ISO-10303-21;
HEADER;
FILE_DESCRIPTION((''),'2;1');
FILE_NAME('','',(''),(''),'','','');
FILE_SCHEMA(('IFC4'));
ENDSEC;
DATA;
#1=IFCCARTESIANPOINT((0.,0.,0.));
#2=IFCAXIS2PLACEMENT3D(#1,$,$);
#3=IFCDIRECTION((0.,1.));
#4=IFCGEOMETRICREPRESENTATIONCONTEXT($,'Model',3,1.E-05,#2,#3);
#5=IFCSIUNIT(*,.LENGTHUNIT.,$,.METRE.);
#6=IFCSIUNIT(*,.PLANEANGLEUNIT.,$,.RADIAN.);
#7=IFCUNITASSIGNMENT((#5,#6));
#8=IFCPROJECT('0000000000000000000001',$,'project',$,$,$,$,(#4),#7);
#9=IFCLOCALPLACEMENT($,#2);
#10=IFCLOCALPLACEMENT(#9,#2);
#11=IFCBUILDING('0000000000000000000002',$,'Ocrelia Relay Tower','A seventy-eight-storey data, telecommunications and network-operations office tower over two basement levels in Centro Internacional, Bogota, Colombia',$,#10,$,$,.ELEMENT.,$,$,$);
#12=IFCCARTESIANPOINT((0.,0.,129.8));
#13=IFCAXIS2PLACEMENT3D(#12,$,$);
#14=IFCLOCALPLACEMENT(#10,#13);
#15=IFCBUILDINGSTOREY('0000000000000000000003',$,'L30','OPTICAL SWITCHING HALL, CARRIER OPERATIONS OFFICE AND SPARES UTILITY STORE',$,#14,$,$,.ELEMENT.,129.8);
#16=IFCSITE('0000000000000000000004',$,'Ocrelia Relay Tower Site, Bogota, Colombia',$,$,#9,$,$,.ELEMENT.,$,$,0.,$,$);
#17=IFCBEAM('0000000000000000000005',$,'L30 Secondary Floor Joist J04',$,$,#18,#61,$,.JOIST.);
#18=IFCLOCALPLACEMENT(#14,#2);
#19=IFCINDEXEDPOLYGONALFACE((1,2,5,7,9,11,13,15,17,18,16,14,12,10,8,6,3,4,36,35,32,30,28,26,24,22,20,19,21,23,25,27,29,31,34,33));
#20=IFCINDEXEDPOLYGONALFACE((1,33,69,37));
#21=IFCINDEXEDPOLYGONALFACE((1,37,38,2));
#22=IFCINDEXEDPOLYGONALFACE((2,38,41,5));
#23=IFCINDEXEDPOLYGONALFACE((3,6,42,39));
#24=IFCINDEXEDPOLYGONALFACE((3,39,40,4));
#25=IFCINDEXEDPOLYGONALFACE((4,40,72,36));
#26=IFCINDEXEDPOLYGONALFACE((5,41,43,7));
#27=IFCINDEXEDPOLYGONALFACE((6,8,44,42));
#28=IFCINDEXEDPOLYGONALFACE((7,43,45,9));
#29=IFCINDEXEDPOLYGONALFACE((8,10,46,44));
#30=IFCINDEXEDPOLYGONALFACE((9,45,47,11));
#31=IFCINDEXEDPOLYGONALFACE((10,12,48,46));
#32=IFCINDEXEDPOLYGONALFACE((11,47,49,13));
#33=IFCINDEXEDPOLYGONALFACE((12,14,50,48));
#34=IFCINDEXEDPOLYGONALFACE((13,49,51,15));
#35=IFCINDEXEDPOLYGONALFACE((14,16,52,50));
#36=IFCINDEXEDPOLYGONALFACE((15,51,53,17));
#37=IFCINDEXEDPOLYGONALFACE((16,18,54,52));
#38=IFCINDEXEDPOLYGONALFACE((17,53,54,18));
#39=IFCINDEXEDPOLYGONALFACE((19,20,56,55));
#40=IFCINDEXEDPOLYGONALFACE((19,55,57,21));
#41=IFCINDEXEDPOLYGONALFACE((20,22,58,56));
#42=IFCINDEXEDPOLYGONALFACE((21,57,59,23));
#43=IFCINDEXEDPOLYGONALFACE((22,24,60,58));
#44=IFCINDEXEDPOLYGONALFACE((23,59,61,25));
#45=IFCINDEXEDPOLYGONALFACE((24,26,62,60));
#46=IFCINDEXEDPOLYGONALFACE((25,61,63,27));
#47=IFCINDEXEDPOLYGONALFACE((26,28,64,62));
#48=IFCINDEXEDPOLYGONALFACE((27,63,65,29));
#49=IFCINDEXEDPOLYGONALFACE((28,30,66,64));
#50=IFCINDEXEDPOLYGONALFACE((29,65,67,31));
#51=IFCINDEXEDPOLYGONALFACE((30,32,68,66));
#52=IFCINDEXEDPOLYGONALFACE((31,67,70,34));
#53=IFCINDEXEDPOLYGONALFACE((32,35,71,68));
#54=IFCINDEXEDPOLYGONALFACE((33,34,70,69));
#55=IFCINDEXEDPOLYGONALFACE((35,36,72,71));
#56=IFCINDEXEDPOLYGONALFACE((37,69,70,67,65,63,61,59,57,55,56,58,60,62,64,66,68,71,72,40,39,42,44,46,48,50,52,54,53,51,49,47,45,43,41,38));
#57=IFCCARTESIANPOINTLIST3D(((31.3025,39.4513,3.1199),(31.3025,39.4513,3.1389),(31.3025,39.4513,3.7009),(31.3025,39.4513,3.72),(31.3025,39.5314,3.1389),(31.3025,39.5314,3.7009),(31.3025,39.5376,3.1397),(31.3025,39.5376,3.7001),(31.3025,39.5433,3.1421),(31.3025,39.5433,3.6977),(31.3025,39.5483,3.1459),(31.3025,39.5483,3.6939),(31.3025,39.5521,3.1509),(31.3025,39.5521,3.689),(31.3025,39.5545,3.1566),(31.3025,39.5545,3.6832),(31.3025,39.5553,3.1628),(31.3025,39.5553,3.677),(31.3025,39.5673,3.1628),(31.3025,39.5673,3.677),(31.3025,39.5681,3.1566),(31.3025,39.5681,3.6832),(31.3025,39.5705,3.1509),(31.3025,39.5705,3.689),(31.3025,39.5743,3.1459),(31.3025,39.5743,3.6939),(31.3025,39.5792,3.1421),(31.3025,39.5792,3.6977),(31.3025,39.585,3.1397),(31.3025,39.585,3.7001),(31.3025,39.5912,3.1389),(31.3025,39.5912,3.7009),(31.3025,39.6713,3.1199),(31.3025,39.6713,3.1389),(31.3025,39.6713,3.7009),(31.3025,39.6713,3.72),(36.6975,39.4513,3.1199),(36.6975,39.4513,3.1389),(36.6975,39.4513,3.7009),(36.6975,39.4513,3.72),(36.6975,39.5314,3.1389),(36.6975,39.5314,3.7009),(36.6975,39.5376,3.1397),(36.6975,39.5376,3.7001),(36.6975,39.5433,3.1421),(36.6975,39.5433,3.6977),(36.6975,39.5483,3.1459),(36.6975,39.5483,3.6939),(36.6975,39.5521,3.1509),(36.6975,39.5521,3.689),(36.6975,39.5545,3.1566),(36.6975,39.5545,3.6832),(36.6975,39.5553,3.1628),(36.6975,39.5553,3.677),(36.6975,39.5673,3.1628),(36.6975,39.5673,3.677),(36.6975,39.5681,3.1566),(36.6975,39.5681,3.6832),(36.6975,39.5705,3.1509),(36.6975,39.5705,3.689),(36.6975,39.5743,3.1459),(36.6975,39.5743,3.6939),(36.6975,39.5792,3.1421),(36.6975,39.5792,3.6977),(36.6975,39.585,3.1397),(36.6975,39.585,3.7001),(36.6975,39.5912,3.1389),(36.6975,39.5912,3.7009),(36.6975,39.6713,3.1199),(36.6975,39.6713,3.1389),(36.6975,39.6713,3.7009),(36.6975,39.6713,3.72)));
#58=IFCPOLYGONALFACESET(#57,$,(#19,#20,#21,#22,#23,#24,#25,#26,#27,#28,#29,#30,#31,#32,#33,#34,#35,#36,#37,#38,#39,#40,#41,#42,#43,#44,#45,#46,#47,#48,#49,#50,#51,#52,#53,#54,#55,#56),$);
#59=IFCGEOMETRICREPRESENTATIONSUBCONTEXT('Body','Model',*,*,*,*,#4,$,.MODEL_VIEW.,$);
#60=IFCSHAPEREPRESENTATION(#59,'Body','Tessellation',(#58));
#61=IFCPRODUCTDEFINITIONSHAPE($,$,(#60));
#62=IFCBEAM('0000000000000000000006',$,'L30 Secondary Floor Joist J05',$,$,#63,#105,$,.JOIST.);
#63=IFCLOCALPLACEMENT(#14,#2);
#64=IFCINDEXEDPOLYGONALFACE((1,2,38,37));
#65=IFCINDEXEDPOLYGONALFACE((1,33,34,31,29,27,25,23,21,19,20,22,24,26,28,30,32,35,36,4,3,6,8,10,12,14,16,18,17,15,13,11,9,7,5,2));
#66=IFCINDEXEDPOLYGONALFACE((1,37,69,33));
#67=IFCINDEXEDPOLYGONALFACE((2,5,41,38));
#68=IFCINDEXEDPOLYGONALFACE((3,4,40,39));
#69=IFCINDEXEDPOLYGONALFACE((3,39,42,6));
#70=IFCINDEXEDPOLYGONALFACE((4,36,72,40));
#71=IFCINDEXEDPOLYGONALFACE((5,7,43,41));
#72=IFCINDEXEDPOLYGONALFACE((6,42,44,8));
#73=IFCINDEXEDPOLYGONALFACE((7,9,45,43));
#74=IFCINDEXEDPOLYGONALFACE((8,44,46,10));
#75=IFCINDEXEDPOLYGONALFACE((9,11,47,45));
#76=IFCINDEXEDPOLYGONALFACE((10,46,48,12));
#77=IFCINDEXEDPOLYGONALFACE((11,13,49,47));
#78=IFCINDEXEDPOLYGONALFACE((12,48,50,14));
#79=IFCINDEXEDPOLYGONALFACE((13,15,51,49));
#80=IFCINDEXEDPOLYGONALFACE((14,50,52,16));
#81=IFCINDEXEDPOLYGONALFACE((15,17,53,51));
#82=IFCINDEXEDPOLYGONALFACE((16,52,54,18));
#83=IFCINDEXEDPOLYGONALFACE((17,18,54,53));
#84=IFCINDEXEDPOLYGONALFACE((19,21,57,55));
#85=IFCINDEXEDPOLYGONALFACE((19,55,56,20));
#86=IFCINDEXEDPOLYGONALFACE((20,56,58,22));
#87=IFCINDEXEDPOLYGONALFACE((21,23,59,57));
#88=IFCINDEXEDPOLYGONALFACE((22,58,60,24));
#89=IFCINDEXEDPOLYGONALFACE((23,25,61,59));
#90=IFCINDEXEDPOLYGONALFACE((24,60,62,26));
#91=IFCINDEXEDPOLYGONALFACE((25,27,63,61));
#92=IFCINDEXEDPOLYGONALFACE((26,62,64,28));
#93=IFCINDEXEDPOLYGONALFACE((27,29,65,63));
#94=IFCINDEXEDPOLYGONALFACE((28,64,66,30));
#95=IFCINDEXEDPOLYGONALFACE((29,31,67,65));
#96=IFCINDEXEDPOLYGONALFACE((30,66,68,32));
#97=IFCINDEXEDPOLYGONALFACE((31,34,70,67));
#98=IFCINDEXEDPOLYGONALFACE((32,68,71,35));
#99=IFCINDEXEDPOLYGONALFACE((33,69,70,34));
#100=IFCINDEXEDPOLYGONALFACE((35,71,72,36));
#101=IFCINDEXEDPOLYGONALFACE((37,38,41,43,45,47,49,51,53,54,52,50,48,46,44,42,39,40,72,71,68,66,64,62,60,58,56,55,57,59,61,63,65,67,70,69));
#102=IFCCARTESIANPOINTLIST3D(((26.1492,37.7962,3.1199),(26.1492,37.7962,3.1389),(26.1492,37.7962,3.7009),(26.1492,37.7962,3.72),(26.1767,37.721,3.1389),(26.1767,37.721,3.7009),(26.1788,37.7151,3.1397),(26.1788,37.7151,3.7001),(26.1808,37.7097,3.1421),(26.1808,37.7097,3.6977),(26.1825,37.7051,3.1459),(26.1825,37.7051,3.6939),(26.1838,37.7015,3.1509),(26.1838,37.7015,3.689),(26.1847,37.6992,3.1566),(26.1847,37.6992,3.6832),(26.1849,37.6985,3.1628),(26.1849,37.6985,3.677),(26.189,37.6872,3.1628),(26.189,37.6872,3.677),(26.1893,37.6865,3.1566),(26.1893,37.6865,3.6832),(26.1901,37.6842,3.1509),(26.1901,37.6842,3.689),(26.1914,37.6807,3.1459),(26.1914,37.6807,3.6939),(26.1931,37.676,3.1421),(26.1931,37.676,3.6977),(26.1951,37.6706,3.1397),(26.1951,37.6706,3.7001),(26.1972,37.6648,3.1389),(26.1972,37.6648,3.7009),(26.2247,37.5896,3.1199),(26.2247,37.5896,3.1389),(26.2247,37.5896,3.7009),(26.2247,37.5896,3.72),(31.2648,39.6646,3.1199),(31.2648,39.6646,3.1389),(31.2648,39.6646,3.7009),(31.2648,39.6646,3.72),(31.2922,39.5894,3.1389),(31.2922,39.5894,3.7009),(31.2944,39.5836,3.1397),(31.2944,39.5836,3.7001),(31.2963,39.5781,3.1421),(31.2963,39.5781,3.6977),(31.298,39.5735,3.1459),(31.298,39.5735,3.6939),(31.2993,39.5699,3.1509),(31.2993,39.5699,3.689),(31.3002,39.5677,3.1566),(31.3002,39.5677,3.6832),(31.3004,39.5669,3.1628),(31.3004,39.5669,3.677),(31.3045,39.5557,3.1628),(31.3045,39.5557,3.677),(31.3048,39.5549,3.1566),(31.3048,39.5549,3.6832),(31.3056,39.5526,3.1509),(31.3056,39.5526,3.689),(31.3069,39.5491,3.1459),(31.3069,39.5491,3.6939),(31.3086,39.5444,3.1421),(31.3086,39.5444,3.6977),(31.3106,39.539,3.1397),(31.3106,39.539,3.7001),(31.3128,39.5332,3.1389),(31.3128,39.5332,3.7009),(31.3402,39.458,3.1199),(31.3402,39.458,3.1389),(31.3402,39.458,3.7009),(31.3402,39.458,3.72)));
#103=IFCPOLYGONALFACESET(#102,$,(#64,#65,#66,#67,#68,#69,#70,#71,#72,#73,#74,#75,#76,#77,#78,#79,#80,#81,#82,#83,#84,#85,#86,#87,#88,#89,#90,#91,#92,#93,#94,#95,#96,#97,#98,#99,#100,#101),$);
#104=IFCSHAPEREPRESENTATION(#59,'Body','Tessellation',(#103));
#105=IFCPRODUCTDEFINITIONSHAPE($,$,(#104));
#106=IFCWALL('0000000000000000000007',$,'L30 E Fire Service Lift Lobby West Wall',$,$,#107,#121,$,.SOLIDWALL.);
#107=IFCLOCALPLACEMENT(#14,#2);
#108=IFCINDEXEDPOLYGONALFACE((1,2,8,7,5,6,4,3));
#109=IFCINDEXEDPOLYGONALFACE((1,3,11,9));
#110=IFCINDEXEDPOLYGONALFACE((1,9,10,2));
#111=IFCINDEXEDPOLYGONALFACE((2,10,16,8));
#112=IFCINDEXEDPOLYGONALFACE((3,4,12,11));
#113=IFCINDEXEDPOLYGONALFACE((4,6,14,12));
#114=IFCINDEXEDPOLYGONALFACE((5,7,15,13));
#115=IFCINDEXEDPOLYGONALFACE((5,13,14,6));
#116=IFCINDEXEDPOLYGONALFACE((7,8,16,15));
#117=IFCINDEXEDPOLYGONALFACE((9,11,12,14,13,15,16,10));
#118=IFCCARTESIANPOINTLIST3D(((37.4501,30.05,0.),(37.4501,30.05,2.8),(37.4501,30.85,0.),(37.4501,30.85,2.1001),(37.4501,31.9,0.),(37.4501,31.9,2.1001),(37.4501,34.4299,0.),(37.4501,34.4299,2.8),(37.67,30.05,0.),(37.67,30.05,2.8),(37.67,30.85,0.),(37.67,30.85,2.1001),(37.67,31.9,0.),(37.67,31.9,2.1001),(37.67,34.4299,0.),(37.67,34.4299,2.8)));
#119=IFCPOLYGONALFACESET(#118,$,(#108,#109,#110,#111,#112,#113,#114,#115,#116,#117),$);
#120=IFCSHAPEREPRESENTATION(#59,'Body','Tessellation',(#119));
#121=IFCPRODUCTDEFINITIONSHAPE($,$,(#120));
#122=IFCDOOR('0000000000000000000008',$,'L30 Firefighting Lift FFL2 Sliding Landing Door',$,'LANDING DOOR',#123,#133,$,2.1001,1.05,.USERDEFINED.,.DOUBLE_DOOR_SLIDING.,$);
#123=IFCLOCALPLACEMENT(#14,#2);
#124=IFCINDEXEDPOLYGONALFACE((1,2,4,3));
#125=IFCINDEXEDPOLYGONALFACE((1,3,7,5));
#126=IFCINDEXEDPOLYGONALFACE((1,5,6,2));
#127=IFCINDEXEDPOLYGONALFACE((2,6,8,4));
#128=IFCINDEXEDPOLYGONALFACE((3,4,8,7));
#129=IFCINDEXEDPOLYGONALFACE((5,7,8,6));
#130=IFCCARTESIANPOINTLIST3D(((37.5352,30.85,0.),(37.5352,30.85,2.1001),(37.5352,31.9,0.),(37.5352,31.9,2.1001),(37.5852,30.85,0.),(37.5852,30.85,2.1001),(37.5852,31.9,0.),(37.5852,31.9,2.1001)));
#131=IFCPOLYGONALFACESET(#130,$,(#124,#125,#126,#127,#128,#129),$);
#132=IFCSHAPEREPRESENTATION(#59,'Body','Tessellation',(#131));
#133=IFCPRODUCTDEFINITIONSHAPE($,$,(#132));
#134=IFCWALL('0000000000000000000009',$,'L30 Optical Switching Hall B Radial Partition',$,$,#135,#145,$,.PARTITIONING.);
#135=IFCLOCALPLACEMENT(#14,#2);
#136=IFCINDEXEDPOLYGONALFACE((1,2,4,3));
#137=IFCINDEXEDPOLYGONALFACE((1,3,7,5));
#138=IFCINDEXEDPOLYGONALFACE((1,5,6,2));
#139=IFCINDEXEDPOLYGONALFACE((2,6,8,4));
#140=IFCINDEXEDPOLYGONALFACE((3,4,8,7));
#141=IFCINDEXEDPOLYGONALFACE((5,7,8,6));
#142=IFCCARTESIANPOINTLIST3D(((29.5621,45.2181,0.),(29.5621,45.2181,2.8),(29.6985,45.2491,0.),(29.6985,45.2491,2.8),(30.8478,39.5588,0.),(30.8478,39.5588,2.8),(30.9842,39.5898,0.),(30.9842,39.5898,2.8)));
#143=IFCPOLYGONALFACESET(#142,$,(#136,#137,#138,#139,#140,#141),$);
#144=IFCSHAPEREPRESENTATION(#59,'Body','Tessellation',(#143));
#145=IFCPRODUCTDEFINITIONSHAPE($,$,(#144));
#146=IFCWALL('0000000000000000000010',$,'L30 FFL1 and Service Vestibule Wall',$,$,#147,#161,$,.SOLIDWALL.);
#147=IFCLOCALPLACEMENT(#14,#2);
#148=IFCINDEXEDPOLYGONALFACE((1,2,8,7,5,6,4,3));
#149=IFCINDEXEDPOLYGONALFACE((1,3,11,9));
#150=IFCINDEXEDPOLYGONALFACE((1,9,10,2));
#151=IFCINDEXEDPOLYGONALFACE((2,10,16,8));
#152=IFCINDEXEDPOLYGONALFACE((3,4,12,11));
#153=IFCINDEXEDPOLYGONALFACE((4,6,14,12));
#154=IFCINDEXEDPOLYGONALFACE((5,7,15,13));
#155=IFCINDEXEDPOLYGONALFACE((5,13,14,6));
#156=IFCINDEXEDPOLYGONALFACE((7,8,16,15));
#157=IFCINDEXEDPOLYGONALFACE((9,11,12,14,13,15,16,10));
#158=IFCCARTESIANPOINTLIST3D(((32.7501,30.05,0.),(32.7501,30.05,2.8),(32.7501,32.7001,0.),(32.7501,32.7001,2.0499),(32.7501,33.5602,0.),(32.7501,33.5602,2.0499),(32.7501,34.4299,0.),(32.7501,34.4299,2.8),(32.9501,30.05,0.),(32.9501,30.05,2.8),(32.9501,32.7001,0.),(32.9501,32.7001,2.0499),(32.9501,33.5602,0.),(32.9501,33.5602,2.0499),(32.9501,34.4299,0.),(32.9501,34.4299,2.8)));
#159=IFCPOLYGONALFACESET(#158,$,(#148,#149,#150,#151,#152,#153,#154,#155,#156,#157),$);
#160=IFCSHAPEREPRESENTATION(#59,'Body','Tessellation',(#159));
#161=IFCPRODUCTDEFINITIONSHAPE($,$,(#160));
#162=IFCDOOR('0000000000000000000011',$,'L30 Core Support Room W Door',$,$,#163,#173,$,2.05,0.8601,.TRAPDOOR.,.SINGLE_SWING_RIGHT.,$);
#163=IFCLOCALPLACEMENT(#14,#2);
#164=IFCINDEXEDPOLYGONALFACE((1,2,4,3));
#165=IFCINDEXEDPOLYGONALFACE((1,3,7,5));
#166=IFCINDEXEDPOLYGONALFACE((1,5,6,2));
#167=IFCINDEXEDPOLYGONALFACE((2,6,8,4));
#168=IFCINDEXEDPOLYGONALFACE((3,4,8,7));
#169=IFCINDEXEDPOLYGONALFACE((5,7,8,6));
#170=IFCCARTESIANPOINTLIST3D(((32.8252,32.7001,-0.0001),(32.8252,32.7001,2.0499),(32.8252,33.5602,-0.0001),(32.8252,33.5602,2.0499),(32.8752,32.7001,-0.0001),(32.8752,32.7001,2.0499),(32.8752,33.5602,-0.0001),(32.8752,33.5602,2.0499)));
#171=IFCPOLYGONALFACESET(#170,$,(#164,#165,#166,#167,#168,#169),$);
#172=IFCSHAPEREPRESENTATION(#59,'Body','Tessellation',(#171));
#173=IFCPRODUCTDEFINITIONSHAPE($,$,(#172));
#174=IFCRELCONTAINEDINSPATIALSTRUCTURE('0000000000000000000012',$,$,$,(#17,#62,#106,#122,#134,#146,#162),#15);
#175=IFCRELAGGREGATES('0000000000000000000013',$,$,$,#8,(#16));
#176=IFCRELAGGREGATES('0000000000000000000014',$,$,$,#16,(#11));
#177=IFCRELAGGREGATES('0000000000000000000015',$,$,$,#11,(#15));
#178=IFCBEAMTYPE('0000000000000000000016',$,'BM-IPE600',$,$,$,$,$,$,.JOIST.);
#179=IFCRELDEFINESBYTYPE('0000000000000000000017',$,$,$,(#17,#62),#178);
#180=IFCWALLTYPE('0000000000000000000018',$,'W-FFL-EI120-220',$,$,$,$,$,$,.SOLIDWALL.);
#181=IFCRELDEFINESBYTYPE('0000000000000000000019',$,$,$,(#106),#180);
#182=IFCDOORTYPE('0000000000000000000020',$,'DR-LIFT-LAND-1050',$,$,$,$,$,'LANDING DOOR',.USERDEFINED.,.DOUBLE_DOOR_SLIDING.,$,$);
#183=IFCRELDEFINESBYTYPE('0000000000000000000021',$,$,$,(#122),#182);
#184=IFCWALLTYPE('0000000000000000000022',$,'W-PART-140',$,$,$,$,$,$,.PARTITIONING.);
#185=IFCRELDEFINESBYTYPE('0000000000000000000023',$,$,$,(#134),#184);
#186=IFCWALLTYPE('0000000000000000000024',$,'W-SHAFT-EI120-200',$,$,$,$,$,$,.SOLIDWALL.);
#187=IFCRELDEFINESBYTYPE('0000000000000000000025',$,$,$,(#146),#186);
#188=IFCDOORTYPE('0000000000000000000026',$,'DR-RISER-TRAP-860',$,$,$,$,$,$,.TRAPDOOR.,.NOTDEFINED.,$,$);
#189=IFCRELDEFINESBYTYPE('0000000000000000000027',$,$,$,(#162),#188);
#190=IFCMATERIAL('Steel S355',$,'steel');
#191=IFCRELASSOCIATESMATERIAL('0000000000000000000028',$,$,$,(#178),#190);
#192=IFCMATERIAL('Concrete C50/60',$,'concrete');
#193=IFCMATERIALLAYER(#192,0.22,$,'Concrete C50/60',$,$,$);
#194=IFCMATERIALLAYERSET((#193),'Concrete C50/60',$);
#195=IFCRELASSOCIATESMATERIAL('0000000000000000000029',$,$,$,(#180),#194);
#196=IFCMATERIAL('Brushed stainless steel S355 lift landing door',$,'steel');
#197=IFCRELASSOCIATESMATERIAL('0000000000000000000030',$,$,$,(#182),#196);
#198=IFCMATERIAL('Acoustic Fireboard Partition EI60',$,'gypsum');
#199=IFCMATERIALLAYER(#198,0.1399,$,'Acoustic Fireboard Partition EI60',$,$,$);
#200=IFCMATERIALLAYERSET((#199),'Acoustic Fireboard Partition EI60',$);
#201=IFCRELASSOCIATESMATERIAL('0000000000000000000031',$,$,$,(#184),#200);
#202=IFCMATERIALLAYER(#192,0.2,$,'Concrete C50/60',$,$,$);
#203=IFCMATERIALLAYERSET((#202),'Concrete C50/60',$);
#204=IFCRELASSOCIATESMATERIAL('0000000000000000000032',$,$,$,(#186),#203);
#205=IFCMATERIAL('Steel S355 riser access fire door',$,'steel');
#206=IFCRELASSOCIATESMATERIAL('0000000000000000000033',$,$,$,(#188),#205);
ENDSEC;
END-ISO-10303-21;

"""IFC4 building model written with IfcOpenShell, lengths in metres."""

from ifc_helpers import new_model, si_unit, direction, frame, frame_2d, origin, origin_2d, place, context, subcontext, project, spatial, rectangle, i_section, extrude, material, layer, layer_set, material_profile, profile_set, type_object, element, fill, save


model = new_model("IFC4")

# Units and contexts
model_context = context("Model", 3, precision=1e-05, world=origin(), true_north=direction((0.0, 1.0)))
body_context = subcontext(model_context, "Body", "Model", "MODEL_VIEW")
ifc_project = project(units=[si_unit("LENGTHUNIT", "METRE"), si_unit("PLANEANGLEUNIT", "RADIAN")], contexts=[model_context])

# Site, building, storey
site_placement = place(None, origin())
site = spatial("IfcSite", under=ifc_project, at=site_placement, Name="Ocrelia Relay Tower Site, Bogota, Colombia", CompositionType="ELEMENT", RefElevation=0.0)
building_placement = place(site_placement, origin())
building = spatial("IfcBuilding", under=site, at=building_placement, Name="Ocrelia Relay Tower", Description="A seventy-eight-storey data, telecommunications and network-operations office tower over two basement levels in Centro Internacional, Bogota, Colombia", CompositionType="ELEMENT")
storey_placement = place(building_placement, frame((0.0, 0.0, 129.8)))
storey = spatial("IfcBuildingStorey", under=building, at=storey_placement, Name="L30", Description="OPTICAL SWITCHING HALL, CARRIER OPERATIONS OFFICE AND SPARES UTILITY STORE", CompositionType="ELEMENT", Elevation=129.8)

# Beams
ifc_material_1 = material(Name="Steel S355", Category="steel")
ifc_material_profile_1 = material_profile(ifc_material_1, i_section(OverallWidth=0.22, OverallDepth=0.6001, WebThickness=0.012, FlangeThickness=0.019, FilletRadius=0.0239, at=origin_2d()), Name="IPE 600")
ifc_profile_set_1 = profile_set([ifc_material_profile_1], Name="Steel S355")
beam_type_1 = type_object("IfcBeamType", Name="BM-IPE600", PredefinedType="JOIST", material=ifc_profile_set_1)
beam_1_placement = place(storey_placement, frame((36.6975, 39.5613, 3.4199), z_axis=(-1.0, 0.0, 0.0), x_axis=(0.0, -1.0, 0.0)))
element("IfcBeam", 1, at=beam_1_placement, inside=storey, type_object=beam_type_1, Name="L30 Secondary Floor Joist J04", PredefinedType="JOIST", context=body_context, shape_type="SweptSolid", body=[
    extrude(i_section(OverallWidth=0.22, OverallDepth=0.6001, WebThickness=0.012, FlangeThickness=0.019, FilletRadius=0.0239, at=origin_2d()), origin(), (0.0, 0.0, 1.0), 5.395),
])
beam_2_placement = place(storey_placement, frame((31.3025, 39.5613, 3.4199), z_axis=(-0.939307, -0.343078, 0.0), x_axis=(0.343078, -0.939307, 0.0)))
element("IfcBeam", 2, at=beam_2_placement, inside=storey, type_object=beam_type_1, Name="L30 Secondary Floor Joist J05", PredefinedType="JOIST", context=body_context, shape_type="SweptSolid", body=[
    extrude(i_section(OverallWidth=0.22, OverallDepth=0.6001, WebThickness=0.012, FlangeThickness=0.019, FilletRadius=0.0239, at=origin_2d()), origin(), (0.0, 0.0, 1.0), 5.446),
])

# Wall, opening, door
ifc_material_2 = material(Name="Concrete C50/60", Category="concrete")
ifc_layer_1 = layer(ifc_material_2, 0.22, Name="Concrete C50/60")
ifc_layer_set_1 = layer_set([ifc_layer_1], Name="Concrete C50/60")
wall_type_1 = type_object("IfcWallType", Name="W-FFL-EI120-220", PredefinedType="SOLIDWALL", material=ifc_layer_set_1)
wall_1_placement = place(storey_placement, frame((37.5601, 30.05, 0.0), z_axis=(0.0, 0.0, 1.0), x_axis=(0.0, 1.0, 0.0)))
wall_1 = element("IfcWall", 3, at=wall_1_placement, inside=storey, type_object=wall_type_1, Name="L30 E Fire Service Lift Lobby West Wall", PredefinedType="SOLIDWALL", context=body_context, shape_type="SweptSolid", body=[
    extrude(rectangle(XDim=4.3799, YDim=0.22, at=frame_2d((2.1899, 0.0))), origin(), (0.0, 0.0, 1.0), 2.8),
])
opening_1_placement = place(wall_1_placement, frame((0.8, 0.0, 0.0)))
opening_1 = element("IfcOpeningElement", 4, at=opening_1_placement, cuts=wall_1, PredefinedType="OPENING", context=body_context, shape_type="SweptSolid", body=[
    extrude(rectangle(XDim=1.05, YDim=2.1001, at=frame_2d((0.5249, 1.05))), frame((0.0, 0.1201, 0.0), z_axis=(0.0, -1.0, 0.0), x_axis=(1.0, 0.0, 0.0)), (0.0, 0.0, 1.0), 0.24),
])
ifc_material_3 = material(Name="Brushed stainless steel S355 lift landing door", Category="steel")
door_type_1 = type_object("IfcDoorType", Name="DR-LIFT-LAND-1050", ElementType="LANDING DOOR", OperationType="DOUBLE_DOOR_SLIDING", PredefinedType="USERDEFINED", material=ifc_material_3)
door_1_placement = place(opening_1_placement, origin())
door_1 = element("IfcDoor", 5, at=door_1_placement, inside=storey, type_object=door_type_1, Name="L30 Firefighting Lift FFL2 Sliding Landing Door", ObjectType="LANDING DOOR", OperationType="DOUBLE_DOOR_SLIDING", OverallHeight=2.1001, OverallWidth=1.05, PredefinedType="USERDEFINED", context=body_context, shape_type="SweptSolid", body=[
    extrude(rectangle(XDim=1.05, YDim=2.1001, at=frame_2d((0.5249, 1.05))), frame((0.0, 0.0249, 0.0), z_axis=(0.0, -1.0, 0.0), x_axis=(1.0, 0.0, 0.0)), (0.0, 0.0, 1.0), 0.05),
])
fill(opening_1, door_1)

# Wall
ifc_material_4 = material(Name="Acoustic Fireboard Partition EI60", Category="gypsum")
ifc_layer_2 = layer(ifc_material_4, 0.1399, Name="Acoustic Fireboard Partition EI60")
ifc_layer_set_2 = layer_set([ifc_layer_2], Name="Acoustic Fireboard Partition EI60")
wall_type_2 = type_object("IfcWallType", Name="W-PART-140", PredefinedType="PARTITIONING", material=ifc_layer_set_2)
wall_2_placement = place(storey_placement, frame((30.916, 39.5742, 0.0), z_axis=(0.0, 0.0, 1.0), x_axis=(-0.221534, 0.975153, 0.0)))
element("IfcWall", 6, at=wall_2_placement, inside=storey, type_object=wall_type_2, Name="L30 Optical Switching Hall B Radial Partition", PredefinedType="PARTITIONING", context=body_context, shape_type="SweptSolid", body=[
    extrude(rectangle(XDim=5.8035, YDim=0.1399, at=frame_2d((2.9019, 0.0))), origin(), (0.0, 0.0, 1.0), 2.8),
])

# Wall, opening, door
ifc_layer_3 = layer(ifc_material_2, 0.2, Name="Concrete C50/60")
ifc_layer_set_3 = layer_set([ifc_layer_3], Name="Concrete C50/60")
wall_type_3 = type_object("IfcWallType", Name="W-SHAFT-EI120-200", PredefinedType="SOLIDWALL", material=ifc_layer_set_3)
wall_3_placement = place(storey_placement, frame((32.8501, 30.05, 0.0), z_axis=(0.0, 0.0, 1.0), x_axis=(0.0, 1.0, 0.0)))
wall_3 = element("IfcWall", 7, at=wall_3_placement, inside=storey, type_object=wall_type_3, Name="L30 FFL1 and Service Vestibule Wall", PredefinedType="SOLIDWALL", context=body_context, shape_type="SweptSolid", body=[
    extrude(rectangle(XDim=4.3799, YDim=0.2, at=frame_2d((2.1899, 0.0))), origin(), (0.0, 0.0, 1.0), 2.8),
])
opening_2_placement = place(wall_3_placement, frame((2.6499, 0.0, 0.0)))
opening_2 = element("IfcOpeningElement", 8, at=opening_2_placement, cuts=wall_3, PredefinedType="OPENING", context=body_context, shape_type="SweptSolid", body=[
    extrude(rectangle(XDim=0.8601, YDim=2.05, at=frame_2d((0.4302, 1.0249))), frame((0.0, 0.1099, 0.0), z_axis=(0.0, -1.0, 0.0), x_axis=(1.0, 0.0, 0.0)), (0.0, 0.0, 1.0), 0.22),
])
ifc_material_5 = material(Name="Steel S355 riser access fire door", Category="steel")
door_type_2 = type_object("IfcDoorType", Name="DR-RISER-TRAP-860", OperationType="NOTDEFINED", PredefinedType="TRAPDOOR", material=ifc_material_5)
door_2_placement = place(opening_2_placement, origin())
door_2 = element("IfcDoor", 9, at=door_2_placement, inside=storey, type_object=door_type_2, Name="L30 Core Support Room W Door", OperationType="SINGLE_SWING_RIGHT", OverallHeight=2.05, OverallWidth=0.8601, PredefinedType="TRAPDOOR", context=body_context, shape_type="SweptSolid", body=[
    extrude(rectangle(XDim=0.8601, YDim=2.05, at=frame_2d((0.4302, 1.0249))), frame((0.0, 0.0249, 0.0), z_axis=(0.0, -1.0, 0.0), x_axis=(1.0, 0.0, 0.0)), (0.0, 0.0, 1.0), 0.05),
])
fill(opening_2, door_2)

save(model, "model.ifc")
